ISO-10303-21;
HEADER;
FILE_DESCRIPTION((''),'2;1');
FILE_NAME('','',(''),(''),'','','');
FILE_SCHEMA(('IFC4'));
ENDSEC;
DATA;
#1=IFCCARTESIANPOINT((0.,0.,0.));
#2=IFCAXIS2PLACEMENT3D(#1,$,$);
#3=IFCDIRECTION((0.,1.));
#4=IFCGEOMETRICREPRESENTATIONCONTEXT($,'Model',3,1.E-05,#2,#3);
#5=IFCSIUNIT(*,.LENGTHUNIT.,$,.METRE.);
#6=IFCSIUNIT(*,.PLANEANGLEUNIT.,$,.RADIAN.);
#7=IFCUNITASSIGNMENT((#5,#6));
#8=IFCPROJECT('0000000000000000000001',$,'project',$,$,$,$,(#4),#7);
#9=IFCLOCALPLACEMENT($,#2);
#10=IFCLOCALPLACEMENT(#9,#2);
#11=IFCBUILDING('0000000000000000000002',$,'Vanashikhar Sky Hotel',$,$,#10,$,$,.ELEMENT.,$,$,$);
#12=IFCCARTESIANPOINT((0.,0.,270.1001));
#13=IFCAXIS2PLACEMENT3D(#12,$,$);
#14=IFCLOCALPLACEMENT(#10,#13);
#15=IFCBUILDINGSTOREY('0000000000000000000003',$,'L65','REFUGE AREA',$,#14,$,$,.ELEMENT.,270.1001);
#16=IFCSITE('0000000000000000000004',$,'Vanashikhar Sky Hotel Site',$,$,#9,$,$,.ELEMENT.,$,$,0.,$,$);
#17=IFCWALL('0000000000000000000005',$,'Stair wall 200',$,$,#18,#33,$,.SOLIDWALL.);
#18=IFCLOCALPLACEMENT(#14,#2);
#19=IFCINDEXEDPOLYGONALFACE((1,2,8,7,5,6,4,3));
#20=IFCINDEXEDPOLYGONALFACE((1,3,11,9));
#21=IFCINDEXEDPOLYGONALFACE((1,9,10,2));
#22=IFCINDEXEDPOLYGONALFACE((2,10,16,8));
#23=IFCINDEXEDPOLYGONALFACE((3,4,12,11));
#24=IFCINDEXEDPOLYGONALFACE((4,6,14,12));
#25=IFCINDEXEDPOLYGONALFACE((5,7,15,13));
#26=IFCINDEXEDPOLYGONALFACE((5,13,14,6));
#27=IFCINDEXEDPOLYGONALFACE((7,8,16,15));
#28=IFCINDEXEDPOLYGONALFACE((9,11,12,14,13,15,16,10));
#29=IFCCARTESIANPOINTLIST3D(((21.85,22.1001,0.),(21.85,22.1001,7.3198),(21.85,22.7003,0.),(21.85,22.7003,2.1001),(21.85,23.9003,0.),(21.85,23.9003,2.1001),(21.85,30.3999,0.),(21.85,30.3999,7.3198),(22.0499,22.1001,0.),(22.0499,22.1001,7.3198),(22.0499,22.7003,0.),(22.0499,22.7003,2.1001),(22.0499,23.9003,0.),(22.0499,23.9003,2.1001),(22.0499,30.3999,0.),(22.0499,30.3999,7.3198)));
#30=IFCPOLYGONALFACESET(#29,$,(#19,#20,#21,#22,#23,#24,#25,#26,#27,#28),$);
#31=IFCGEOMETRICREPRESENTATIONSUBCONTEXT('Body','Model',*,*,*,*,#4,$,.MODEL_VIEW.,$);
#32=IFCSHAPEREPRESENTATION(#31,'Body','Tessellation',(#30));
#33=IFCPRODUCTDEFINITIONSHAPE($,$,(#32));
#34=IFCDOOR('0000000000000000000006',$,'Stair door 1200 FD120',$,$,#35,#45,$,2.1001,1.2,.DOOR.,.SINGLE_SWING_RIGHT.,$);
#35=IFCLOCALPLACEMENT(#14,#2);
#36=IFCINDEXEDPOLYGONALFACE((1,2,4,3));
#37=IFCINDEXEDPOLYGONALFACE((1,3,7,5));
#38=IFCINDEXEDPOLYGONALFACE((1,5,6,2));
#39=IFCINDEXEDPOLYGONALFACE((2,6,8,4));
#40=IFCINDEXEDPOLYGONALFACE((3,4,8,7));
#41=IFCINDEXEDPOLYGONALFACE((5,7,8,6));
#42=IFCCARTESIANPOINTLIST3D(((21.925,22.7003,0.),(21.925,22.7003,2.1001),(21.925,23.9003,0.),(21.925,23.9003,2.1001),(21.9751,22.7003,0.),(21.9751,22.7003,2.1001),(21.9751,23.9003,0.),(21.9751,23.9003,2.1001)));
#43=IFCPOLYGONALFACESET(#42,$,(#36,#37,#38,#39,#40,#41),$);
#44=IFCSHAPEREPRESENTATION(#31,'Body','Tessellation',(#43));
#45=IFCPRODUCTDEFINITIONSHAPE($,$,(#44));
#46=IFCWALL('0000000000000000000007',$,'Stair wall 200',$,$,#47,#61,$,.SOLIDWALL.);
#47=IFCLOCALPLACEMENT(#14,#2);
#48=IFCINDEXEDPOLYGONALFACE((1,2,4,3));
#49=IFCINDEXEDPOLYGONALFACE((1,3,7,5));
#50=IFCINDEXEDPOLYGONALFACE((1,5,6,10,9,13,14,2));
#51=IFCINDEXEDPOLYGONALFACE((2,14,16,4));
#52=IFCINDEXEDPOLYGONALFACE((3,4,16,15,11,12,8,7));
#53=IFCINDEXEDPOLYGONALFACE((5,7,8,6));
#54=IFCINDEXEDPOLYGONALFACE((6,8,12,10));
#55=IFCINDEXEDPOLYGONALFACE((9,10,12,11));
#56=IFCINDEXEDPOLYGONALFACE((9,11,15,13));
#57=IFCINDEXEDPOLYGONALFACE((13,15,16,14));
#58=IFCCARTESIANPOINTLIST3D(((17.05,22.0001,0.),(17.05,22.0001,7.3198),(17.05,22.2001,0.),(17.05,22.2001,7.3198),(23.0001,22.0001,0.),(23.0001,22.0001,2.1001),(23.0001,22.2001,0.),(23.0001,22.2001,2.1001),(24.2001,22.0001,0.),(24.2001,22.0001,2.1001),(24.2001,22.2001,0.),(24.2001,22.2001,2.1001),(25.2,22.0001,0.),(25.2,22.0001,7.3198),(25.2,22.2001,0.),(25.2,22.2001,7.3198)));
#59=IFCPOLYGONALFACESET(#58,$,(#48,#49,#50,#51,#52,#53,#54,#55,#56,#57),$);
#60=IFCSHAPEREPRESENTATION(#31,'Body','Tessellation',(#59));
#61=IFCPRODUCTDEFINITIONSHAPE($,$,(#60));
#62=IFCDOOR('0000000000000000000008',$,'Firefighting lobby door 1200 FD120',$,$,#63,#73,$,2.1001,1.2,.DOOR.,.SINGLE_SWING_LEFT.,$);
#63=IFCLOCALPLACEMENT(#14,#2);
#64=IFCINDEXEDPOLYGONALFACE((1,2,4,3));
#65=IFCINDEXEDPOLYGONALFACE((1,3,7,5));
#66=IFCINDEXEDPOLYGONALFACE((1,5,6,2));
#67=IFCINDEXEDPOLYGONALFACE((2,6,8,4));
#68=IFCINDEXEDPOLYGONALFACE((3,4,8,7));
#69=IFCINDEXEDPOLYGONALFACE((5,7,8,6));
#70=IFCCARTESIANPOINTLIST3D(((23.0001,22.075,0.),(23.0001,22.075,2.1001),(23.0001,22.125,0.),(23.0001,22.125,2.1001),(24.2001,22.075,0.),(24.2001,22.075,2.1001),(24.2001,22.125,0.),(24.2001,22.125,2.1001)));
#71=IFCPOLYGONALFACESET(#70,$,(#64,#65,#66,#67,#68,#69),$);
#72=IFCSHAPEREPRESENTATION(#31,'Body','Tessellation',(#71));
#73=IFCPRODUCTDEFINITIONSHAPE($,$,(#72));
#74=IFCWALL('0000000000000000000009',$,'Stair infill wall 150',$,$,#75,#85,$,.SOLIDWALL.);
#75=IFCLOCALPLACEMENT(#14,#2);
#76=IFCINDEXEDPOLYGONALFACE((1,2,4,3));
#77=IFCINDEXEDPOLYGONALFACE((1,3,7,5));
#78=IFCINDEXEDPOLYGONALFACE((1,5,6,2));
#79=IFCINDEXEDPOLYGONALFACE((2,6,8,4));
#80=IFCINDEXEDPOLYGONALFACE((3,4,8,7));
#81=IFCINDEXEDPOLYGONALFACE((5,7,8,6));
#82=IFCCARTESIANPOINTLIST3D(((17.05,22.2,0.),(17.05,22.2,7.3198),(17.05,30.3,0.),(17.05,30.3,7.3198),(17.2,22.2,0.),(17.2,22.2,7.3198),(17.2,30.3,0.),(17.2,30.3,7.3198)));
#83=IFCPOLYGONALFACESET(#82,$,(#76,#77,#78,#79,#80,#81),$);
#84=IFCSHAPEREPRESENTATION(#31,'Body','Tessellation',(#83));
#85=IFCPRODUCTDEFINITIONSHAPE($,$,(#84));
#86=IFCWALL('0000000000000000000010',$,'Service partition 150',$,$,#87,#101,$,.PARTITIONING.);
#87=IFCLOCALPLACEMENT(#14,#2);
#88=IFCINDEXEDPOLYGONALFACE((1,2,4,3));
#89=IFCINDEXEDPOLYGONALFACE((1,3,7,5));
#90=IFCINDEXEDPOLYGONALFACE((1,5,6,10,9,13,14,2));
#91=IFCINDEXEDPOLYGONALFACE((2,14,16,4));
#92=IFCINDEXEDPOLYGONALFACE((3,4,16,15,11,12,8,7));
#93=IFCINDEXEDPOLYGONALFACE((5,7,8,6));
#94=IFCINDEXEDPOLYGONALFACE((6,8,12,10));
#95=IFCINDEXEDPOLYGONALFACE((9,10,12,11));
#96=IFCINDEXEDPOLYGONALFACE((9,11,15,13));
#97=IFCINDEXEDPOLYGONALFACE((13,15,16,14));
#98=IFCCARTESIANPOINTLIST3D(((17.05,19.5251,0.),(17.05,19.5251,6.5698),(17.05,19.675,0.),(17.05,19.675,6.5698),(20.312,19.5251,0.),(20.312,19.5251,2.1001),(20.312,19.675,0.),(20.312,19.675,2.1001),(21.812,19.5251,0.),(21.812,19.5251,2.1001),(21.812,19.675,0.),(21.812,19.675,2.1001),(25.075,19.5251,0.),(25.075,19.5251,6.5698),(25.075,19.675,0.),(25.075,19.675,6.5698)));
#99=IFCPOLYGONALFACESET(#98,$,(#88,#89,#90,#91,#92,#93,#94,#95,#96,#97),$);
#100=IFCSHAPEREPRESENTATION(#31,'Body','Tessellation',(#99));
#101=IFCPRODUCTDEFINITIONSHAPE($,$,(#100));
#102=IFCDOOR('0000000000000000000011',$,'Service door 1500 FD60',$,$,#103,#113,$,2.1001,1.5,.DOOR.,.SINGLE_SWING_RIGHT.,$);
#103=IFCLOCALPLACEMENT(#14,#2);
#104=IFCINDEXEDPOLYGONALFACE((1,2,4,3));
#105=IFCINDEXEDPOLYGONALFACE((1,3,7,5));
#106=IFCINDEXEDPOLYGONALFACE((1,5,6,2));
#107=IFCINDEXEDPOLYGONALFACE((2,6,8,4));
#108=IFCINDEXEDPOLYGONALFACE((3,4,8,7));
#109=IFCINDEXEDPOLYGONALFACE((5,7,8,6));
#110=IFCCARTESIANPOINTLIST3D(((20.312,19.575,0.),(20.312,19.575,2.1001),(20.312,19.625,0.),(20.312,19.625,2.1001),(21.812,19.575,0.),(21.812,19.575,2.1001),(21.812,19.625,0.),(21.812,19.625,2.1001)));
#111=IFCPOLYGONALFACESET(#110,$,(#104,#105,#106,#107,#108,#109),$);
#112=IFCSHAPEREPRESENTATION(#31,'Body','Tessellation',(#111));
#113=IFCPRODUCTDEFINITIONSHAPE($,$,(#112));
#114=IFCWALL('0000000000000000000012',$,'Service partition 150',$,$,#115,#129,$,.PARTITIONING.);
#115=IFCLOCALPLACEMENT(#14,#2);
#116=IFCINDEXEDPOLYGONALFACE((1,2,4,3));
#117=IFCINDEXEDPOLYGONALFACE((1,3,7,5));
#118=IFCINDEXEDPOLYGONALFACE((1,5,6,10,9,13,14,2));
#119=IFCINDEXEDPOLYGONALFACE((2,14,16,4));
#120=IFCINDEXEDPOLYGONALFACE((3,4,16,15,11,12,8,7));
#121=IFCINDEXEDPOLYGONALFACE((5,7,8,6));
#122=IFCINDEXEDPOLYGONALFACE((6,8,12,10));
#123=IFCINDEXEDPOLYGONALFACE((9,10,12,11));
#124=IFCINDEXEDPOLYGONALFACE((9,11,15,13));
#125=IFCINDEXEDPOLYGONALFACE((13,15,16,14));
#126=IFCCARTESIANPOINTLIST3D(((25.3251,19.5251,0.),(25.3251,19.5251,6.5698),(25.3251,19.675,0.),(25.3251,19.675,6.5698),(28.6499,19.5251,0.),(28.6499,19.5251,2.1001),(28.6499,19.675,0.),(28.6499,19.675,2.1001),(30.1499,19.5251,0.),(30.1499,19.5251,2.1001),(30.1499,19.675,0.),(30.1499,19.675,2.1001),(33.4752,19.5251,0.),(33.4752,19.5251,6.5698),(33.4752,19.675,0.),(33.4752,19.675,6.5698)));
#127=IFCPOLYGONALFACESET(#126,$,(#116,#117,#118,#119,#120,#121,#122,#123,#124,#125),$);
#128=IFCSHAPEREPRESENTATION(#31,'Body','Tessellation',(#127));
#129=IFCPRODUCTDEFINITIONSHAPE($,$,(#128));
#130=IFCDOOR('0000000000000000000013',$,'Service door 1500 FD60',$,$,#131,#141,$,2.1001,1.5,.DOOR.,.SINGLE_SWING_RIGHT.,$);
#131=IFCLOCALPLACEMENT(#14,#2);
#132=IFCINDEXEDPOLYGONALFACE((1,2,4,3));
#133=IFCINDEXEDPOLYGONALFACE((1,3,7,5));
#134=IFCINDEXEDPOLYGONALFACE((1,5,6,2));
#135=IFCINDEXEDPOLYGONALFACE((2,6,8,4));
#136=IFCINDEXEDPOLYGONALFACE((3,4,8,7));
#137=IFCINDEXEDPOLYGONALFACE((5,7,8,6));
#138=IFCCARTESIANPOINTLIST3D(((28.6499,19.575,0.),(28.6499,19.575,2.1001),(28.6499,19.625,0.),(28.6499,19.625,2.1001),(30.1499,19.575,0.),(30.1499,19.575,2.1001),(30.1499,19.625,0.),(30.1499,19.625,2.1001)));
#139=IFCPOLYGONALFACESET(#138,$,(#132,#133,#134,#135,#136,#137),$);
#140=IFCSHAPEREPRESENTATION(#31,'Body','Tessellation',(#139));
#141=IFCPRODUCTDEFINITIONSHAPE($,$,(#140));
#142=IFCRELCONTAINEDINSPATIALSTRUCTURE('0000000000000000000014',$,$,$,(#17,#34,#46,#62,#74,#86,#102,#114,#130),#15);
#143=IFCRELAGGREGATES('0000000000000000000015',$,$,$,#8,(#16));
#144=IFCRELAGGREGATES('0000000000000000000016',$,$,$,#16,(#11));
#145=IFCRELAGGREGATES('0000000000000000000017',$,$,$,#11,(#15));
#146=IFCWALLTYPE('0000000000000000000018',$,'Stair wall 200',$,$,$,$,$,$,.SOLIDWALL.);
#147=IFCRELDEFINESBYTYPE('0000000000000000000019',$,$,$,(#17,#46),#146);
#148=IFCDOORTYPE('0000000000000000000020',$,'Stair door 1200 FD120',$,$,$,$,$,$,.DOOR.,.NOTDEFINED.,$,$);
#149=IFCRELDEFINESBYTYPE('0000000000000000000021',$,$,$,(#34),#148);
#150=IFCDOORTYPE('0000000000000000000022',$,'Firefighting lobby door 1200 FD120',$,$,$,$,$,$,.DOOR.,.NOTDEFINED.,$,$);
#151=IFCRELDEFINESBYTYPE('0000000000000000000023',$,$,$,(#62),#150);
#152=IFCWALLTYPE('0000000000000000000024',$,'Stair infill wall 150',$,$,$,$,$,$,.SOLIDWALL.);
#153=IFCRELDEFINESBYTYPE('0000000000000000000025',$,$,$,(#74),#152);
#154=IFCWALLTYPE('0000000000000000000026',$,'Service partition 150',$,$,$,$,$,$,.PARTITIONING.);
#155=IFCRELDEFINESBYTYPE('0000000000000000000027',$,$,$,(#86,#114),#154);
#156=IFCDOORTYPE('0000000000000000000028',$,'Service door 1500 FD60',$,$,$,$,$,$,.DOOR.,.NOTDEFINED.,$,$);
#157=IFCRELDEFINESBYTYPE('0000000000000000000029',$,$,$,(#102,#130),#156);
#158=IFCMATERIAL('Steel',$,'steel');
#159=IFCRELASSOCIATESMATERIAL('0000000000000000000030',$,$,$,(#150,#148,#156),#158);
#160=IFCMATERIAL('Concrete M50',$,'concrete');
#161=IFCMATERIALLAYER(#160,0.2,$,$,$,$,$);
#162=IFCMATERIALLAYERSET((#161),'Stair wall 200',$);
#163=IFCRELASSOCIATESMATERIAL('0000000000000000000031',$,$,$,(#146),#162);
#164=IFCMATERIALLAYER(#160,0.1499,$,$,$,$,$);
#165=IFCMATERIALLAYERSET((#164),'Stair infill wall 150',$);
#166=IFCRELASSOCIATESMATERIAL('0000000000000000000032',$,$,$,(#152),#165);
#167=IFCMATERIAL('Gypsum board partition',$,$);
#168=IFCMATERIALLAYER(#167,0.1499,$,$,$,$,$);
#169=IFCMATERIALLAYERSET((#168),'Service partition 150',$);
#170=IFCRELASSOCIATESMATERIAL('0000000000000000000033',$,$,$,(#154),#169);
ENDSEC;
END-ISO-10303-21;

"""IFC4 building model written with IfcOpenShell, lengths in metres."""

from ifc_helpers import new_model, si_unit, direction, frame, frame_2d, origin, place, context, subcontext, project, spatial, rectangle, extrude, source, transform, mapped, material, layer, layer_set, type_object, element, fill, save


model = new_model("IFC4")

# Units and contexts
model_context = context("Model", 3, precision=1e-05, world=origin(), true_north=direction((0.0, 1.0)))
body_context = subcontext(model_context, "Body", "Model", "MODEL_VIEW")
ifc_project = project(units=[si_unit("LENGTHUNIT", "METRE"), si_unit("PLANEANGLEUNIT", "RADIAN")], contexts=[model_context])

# Site, building, storey
site_placement = place(None, origin())
site = spatial("IfcSite", under=ifc_project, at=site_placement, Name="Vanashikhar Sky Hotel Site", CompositionType="ELEMENT", RefElevation=0.0)
building_placement = place(site_placement, origin())
building = spatial("IfcBuilding", under=site, at=building_placement, Name="Vanashikhar Sky Hotel", CompositionType="ELEMENT")
storey_placement = place(building_placement, frame((0.0, 0.0, 270.1001)))
storey = spatial("IfcBuildingStorey", under=building, at=storey_placement, Name="L65", Description="REFUGE AREA", CompositionType="ELEMENT", Elevation=270.1001)

# Shared definitions
ifc_material_1 = material(Name="Concrete M50", Category="concrete")

# Shared definitions
ifc_material_2 = material(Name="Steel", Category="steel")
door_type_1 = type_object("IfcDoorType", Name="Firefighting lobby door 1200 FD120", OperationType="NOTDEFINED", PredefinedType="DOOR", material=ifc_material_2)

# Walls, openings, doors
ifc_layer_1 = layer(ifc_material_1, 0.2)
ifc_layer_set_1 = layer_set([ifc_layer_1], Name="Stair wall 200")
wall_type_1 = type_object("IfcWallType", Name="Stair wall 200", PredefinedType="SOLIDWALL", material=ifc_layer_set_1)
shared_shape_1 = source(origin(), body_context, "Body", "SweptSolid", [
    extrude(rectangle(XDim=8.2998, YDim=0.2, at=frame_2d((4.1499, 0.0))), origin(), (0.0, 0.0, 1.0), 7.3198),
])
wall_1_placement = place(storey_placement, frame((21.95, 22.1001, 0.0), z_axis=(0.0, 0.0, 1.0), x_axis=(0.0, 1.0, 0.0)))
wall_1 = element("IfcWall", 1, at=wall_1_placement, inside=storey, type_object=wall_type_1, Name="Stair wall 200", PredefinedType="SOLIDWALL", context=body_context, shape_type="MappedRepresentation", body=[
    mapped(shared_shape_1, transform((0.0, 0.0, 0.0), scale=1.0)),
])
shared_shape_2 = source(origin(), body_context, "Body", "SweptSolid", [
    extrude(rectangle(XDim=1.2, YDim=2.1001, at=frame_2d((0.6001, 1.05))), frame((0.0, 0.1099, 0.0), z_axis=(0.0, -1.0, 0.0), x_axis=(1.0, 0.0, 0.0)), (0.0, 0.0, 1.0), 0.22),
])
opening_1_placement = place(wall_1_placement, frame((0.6001, 0.0, 0.0)))
opening_1 = element("IfcOpeningElement", 2, at=opening_1_placement, cuts=wall_1, PredefinedType="OPENING", context=body_context, shape_type="MappedRepresentation", body=[
    mapped(shared_shape_2, transform((0.0, 0.0, 0.0), scale=1.0)),
])
door_type_2 = type_object("IfcDoorType", Name="Stair door 1200 FD120", OperationType="NOTDEFINED", PredefinedType="DOOR", material=ifc_material_2)
shared_shape_3 = source(origin(), body_context, "Body", "SweptSolid", [
    extrude(rectangle(XDim=1.2, YDim=2.1001, at=frame_2d((0.6001, 1.05))), frame((0.0, 0.0249, 0.0), z_axis=(0.0, -1.0, 0.0), x_axis=(1.0, 0.0, 0.0)), (0.0, 0.0, 1.0), 0.05),
])
door_1_placement = place(opening_1_placement, origin())
door_1 = element("IfcDoor", 3, at=door_1_placement, inside=storey, type_object=door_type_2, Name="Stair door 1200 FD120", OperationType="SINGLE_SWING_RIGHT", OverallHeight=2.1001, OverallWidth=1.2, PredefinedType="DOOR", context=body_context, shape_type="MappedRepresentation", body=[
    mapped(shared_shape_3, transform((0.0, 0.0, 0.0), scale=1.0)),
])
fill(opening_1, door_1)
shared_shape_4 = source(origin(), body_context, "Body", "SweptSolid", [
    extrude(rectangle(XDim=8.1499, YDim=0.2, at=frame_2d((4.075, 0.0))), origin(), (0.0, 0.0, 1.0), 7.3198),
])
wall_2_placement = place(storey_placement, frame((17.05, 22.1001, 0.0), z_axis=(0.0, 0.0, 1.0), x_axis=(1.0, 0.0, 0.0)))
wall_2 = element("IfcWall", 4, at=wall_2_placement, inside=storey, type_object=wall_type_1, Name="Stair wall 200", PredefinedType="SOLIDWALL", context=body_context, shape_type="MappedRepresentation", body=[
    mapped(shared_shape_4, transform((0.0, 0.0, 0.0), scale=1.0)),
])
opening_2_placement = place(wall_2_placement, frame((5.95, 0.0, 0.0)))
opening_2 = element("IfcOpeningElement", 5, at=opening_2_placement, cuts=wall_2, PredefinedType="OPENING", context=body_context, shape_type="MappedRepresentation", body=[
    mapped(shared_shape_2, transform((0.0, 0.0, 0.0), scale=1.0)),
])
door_2_placement = place(opening_2_placement, origin())
door_2 = element("IfcDoor", 6, at=door_2_placement, inside=storey, type_object=door_type_1, Name="Firefighting lobby door 1200 FD120", OperationType="SINGLE_SWING_LEFT", OverallHeight=2.1001, OverallWidth=1.2, PredefinedType="DOOR", context=body_context, shape_type="MappedRepresentation", body=[
    mapped(shared_shape_3, transform((0.0, 0.0, 0.0), scale=1.0)),
])
fill(opening_2, door_2)

# Wall
ifc_layer_2 = layer(ifc_material_1, 0.1499)
ifc_layer_set_2 = layer_set([ifc_layer_2], Name="Stair infill wall 150")
wall_type_2 = type_object("IfcWallType", Name="Stair infill wall 150", PredefinedType="SOLIDWALL", material=ifc_layer_set_2)
shared_shape_5 = source(origin(), body_context, "Body", "SweptSolid", [
    extrude(rectangle(XDim=8.1001, YDim=0.1499, at=frame_2d((4.05, 0.0))), origin(), (0.0, 0.0, 1.0), 7.3198),
])
wall_3_placement = place(storey_placement, frame((17.125, 22.2, 0.0), z_axis=(0.0, 0.0, 1.0), x_axis=(0.0, 1.0, 0.0)))
element("IfcWall", 7, at=wall_3_placement, inside=storey, type_object=wall_type_2, Name="Stair infill wall 150", PredefinedType="SOLIDWALL", context=body_context, shape_type="MappedRepresentation", body=[
    mapped(shared_shape_5, transform((0.0, 0.0, 0.0), scale=1.0)),
])

# Walls, openings, doors
ifc_material_3 = material(Name="Gypsum board partition")
ifc_layer_3 = layer(ifc_material_3, 0.1499)
ifc_layer_set_3 = layer_set([ifc_layer_3], Name="Service partition 150")
wall_type_3 = type_object("IfcWallType", Name="Service partition 150", PredefinedType="PARTITIONING", material=ifc_layer_set_3)
shared_shape_6 = source(origin(), body_context, "Body", "SweptSolid", [
    extrude(rectangle(XDim=8.0249, YDim=0.1499, at=frame_2d((4.0125, 0.0))), origin(), (0.0, 0.0, 1.0), 6.5698),
])
wall_4_placement = place(storey_placement, frame((17.05, 19.6001, 0.0), z_axis=(0.0, 0.0, 1.0), x_axis=(1.0, 0.0, 0.0)))
wall_4 = element("IfcWall", 8, at=wall_4_placement, inside=storey, type_object=wall_type_3, Name="Service partition 150", PredefinedType="PARTITIONING", context=body_context, shape_type="MappedRepresentation", body=[
    mapped(shared_shape_6, transform((0.0, 0.0, 0.0), scale=1.0)),
])
shared_shape_7 = source(origin(), body_context, "Body", "SweptSolid", [
    extrude(rectangle(XDim=1.5, YDim=2.1001, at=frame_2d((0.75, 1.05))), frame((0.0, 0.085, 0.0), z_axis=(0.0, -1.0, 0.0), x_axis=(1.0, 0.0, 0.0)), (0.0, 0.0, 1.0), 0.1699),
])
opening_3_placement = place(wall_4_placement, frame((3.262, 0.0, 0.0)))
opening_3 = element("IfcOpeningElement", 9, at=opening_3_placement, cuts=wall_4, PredefinedType="OPENING", context=body_context, shape_type="MappedRepresentation", body=[
    mapped(shared_shape_7, transform((0.0, 0.0, 0.0), scale=1.0)),
])
door_type_3 = type_object("IfcDoorType", Name="Service door 1500 FD60", OperationType="NOTDEFINED", PredefinedType="DOOR", material=ifc_material_2)
shared_shape_8 = source(origin(), body_context, "Body", "SweptSolid", [
    extrude(rectangle(XDim=1.5, YDim=2.1001, at=frame_2d((0.75, 1.05))), frame((0.0, 0.0249, 0.0), z_axis=(0.0, -1.0, 0.0), x_axis=(1.0, 0.0, 0.0)), (0.0, 0.0, 1.0), 0.05),
])
door_3_placement = place(opening_3_placement, origin())
door_3 = element("IfcDoor", 10, at=door_3_placement, inside=storey, type_object=door_type_3, Name="Service door 1500 FD60", OperationType="SINGLE_SWING_RIGHT", OverallHeight=2.1001, OverallWidth=1.5, PredefinedType="DOOR", context=body_context, shape_type="MappedRepresentation", body=[
    mapped(shared_shape_8, transform((0.0, 0.0, 0.0), scale=1.0)),
])
fill(opening_3, door_3)
shared_shape_9 = source(origin(), body_context, "Body", "SweptSolid", [
    extrude(rectangle(XDim=8.1501, YDim=0.1499, at=frame_2d((4.0752, 0.0))), origin(), (0.0, 0.0, 1.0), 6.5698),
])
wall_5_placement = place(storey_placement, frame((25.325, 19.6001, 0.0), z_axis=(0.0, 0.0, 1.0), x_axis=(1.0, 0.0, 0.0)))
wall_5 = element("IfcWall", 11, at=wall_5_placement, inside=storey, type_object=wall_type_3, Name="Service partition 150", PredefinedType="PARTITIONING", context=body_context, shape_type="MappedRepresentation", body=[
    mapped(shared_shape_9, transform((0.0, 0.0, 0.0), scale=1.0)),
])
opening_4_placement = place(wall_5_placement, frame((3.325, 0.0, 0.0)))
opening_4 = element("IfcOpeningElement", 12, at=opening_4_placement, cuts=wall_5, PredefinedType="OPENING", context=body_context, shape_type="MappedRepresentation", body=[
    mapped(shared_shape_7, transform((0.0, 0.0, 0.0), scale=1.0)),
])
door_4_placement = place(opening_4_placement, origin())
door_4 = element("IfcDoor", 13, at=door_4_placement, inside=storey, type_object=door_type_3, Name="Service door 1500 FD60", OperationType="SINGLE_SWING_RIGHT", OverallHeight=2.1001, OverallWidth=1.5, PredefinedType="DOOR", context=body_context, shape_type="MappedRepresentation", body=[
    mapped(shared_shape_8, transform((0.0, 0.0, 0.0), scale=1.0)),
])
fill(opening_4, door_4)

save(model, "model.ifc")
